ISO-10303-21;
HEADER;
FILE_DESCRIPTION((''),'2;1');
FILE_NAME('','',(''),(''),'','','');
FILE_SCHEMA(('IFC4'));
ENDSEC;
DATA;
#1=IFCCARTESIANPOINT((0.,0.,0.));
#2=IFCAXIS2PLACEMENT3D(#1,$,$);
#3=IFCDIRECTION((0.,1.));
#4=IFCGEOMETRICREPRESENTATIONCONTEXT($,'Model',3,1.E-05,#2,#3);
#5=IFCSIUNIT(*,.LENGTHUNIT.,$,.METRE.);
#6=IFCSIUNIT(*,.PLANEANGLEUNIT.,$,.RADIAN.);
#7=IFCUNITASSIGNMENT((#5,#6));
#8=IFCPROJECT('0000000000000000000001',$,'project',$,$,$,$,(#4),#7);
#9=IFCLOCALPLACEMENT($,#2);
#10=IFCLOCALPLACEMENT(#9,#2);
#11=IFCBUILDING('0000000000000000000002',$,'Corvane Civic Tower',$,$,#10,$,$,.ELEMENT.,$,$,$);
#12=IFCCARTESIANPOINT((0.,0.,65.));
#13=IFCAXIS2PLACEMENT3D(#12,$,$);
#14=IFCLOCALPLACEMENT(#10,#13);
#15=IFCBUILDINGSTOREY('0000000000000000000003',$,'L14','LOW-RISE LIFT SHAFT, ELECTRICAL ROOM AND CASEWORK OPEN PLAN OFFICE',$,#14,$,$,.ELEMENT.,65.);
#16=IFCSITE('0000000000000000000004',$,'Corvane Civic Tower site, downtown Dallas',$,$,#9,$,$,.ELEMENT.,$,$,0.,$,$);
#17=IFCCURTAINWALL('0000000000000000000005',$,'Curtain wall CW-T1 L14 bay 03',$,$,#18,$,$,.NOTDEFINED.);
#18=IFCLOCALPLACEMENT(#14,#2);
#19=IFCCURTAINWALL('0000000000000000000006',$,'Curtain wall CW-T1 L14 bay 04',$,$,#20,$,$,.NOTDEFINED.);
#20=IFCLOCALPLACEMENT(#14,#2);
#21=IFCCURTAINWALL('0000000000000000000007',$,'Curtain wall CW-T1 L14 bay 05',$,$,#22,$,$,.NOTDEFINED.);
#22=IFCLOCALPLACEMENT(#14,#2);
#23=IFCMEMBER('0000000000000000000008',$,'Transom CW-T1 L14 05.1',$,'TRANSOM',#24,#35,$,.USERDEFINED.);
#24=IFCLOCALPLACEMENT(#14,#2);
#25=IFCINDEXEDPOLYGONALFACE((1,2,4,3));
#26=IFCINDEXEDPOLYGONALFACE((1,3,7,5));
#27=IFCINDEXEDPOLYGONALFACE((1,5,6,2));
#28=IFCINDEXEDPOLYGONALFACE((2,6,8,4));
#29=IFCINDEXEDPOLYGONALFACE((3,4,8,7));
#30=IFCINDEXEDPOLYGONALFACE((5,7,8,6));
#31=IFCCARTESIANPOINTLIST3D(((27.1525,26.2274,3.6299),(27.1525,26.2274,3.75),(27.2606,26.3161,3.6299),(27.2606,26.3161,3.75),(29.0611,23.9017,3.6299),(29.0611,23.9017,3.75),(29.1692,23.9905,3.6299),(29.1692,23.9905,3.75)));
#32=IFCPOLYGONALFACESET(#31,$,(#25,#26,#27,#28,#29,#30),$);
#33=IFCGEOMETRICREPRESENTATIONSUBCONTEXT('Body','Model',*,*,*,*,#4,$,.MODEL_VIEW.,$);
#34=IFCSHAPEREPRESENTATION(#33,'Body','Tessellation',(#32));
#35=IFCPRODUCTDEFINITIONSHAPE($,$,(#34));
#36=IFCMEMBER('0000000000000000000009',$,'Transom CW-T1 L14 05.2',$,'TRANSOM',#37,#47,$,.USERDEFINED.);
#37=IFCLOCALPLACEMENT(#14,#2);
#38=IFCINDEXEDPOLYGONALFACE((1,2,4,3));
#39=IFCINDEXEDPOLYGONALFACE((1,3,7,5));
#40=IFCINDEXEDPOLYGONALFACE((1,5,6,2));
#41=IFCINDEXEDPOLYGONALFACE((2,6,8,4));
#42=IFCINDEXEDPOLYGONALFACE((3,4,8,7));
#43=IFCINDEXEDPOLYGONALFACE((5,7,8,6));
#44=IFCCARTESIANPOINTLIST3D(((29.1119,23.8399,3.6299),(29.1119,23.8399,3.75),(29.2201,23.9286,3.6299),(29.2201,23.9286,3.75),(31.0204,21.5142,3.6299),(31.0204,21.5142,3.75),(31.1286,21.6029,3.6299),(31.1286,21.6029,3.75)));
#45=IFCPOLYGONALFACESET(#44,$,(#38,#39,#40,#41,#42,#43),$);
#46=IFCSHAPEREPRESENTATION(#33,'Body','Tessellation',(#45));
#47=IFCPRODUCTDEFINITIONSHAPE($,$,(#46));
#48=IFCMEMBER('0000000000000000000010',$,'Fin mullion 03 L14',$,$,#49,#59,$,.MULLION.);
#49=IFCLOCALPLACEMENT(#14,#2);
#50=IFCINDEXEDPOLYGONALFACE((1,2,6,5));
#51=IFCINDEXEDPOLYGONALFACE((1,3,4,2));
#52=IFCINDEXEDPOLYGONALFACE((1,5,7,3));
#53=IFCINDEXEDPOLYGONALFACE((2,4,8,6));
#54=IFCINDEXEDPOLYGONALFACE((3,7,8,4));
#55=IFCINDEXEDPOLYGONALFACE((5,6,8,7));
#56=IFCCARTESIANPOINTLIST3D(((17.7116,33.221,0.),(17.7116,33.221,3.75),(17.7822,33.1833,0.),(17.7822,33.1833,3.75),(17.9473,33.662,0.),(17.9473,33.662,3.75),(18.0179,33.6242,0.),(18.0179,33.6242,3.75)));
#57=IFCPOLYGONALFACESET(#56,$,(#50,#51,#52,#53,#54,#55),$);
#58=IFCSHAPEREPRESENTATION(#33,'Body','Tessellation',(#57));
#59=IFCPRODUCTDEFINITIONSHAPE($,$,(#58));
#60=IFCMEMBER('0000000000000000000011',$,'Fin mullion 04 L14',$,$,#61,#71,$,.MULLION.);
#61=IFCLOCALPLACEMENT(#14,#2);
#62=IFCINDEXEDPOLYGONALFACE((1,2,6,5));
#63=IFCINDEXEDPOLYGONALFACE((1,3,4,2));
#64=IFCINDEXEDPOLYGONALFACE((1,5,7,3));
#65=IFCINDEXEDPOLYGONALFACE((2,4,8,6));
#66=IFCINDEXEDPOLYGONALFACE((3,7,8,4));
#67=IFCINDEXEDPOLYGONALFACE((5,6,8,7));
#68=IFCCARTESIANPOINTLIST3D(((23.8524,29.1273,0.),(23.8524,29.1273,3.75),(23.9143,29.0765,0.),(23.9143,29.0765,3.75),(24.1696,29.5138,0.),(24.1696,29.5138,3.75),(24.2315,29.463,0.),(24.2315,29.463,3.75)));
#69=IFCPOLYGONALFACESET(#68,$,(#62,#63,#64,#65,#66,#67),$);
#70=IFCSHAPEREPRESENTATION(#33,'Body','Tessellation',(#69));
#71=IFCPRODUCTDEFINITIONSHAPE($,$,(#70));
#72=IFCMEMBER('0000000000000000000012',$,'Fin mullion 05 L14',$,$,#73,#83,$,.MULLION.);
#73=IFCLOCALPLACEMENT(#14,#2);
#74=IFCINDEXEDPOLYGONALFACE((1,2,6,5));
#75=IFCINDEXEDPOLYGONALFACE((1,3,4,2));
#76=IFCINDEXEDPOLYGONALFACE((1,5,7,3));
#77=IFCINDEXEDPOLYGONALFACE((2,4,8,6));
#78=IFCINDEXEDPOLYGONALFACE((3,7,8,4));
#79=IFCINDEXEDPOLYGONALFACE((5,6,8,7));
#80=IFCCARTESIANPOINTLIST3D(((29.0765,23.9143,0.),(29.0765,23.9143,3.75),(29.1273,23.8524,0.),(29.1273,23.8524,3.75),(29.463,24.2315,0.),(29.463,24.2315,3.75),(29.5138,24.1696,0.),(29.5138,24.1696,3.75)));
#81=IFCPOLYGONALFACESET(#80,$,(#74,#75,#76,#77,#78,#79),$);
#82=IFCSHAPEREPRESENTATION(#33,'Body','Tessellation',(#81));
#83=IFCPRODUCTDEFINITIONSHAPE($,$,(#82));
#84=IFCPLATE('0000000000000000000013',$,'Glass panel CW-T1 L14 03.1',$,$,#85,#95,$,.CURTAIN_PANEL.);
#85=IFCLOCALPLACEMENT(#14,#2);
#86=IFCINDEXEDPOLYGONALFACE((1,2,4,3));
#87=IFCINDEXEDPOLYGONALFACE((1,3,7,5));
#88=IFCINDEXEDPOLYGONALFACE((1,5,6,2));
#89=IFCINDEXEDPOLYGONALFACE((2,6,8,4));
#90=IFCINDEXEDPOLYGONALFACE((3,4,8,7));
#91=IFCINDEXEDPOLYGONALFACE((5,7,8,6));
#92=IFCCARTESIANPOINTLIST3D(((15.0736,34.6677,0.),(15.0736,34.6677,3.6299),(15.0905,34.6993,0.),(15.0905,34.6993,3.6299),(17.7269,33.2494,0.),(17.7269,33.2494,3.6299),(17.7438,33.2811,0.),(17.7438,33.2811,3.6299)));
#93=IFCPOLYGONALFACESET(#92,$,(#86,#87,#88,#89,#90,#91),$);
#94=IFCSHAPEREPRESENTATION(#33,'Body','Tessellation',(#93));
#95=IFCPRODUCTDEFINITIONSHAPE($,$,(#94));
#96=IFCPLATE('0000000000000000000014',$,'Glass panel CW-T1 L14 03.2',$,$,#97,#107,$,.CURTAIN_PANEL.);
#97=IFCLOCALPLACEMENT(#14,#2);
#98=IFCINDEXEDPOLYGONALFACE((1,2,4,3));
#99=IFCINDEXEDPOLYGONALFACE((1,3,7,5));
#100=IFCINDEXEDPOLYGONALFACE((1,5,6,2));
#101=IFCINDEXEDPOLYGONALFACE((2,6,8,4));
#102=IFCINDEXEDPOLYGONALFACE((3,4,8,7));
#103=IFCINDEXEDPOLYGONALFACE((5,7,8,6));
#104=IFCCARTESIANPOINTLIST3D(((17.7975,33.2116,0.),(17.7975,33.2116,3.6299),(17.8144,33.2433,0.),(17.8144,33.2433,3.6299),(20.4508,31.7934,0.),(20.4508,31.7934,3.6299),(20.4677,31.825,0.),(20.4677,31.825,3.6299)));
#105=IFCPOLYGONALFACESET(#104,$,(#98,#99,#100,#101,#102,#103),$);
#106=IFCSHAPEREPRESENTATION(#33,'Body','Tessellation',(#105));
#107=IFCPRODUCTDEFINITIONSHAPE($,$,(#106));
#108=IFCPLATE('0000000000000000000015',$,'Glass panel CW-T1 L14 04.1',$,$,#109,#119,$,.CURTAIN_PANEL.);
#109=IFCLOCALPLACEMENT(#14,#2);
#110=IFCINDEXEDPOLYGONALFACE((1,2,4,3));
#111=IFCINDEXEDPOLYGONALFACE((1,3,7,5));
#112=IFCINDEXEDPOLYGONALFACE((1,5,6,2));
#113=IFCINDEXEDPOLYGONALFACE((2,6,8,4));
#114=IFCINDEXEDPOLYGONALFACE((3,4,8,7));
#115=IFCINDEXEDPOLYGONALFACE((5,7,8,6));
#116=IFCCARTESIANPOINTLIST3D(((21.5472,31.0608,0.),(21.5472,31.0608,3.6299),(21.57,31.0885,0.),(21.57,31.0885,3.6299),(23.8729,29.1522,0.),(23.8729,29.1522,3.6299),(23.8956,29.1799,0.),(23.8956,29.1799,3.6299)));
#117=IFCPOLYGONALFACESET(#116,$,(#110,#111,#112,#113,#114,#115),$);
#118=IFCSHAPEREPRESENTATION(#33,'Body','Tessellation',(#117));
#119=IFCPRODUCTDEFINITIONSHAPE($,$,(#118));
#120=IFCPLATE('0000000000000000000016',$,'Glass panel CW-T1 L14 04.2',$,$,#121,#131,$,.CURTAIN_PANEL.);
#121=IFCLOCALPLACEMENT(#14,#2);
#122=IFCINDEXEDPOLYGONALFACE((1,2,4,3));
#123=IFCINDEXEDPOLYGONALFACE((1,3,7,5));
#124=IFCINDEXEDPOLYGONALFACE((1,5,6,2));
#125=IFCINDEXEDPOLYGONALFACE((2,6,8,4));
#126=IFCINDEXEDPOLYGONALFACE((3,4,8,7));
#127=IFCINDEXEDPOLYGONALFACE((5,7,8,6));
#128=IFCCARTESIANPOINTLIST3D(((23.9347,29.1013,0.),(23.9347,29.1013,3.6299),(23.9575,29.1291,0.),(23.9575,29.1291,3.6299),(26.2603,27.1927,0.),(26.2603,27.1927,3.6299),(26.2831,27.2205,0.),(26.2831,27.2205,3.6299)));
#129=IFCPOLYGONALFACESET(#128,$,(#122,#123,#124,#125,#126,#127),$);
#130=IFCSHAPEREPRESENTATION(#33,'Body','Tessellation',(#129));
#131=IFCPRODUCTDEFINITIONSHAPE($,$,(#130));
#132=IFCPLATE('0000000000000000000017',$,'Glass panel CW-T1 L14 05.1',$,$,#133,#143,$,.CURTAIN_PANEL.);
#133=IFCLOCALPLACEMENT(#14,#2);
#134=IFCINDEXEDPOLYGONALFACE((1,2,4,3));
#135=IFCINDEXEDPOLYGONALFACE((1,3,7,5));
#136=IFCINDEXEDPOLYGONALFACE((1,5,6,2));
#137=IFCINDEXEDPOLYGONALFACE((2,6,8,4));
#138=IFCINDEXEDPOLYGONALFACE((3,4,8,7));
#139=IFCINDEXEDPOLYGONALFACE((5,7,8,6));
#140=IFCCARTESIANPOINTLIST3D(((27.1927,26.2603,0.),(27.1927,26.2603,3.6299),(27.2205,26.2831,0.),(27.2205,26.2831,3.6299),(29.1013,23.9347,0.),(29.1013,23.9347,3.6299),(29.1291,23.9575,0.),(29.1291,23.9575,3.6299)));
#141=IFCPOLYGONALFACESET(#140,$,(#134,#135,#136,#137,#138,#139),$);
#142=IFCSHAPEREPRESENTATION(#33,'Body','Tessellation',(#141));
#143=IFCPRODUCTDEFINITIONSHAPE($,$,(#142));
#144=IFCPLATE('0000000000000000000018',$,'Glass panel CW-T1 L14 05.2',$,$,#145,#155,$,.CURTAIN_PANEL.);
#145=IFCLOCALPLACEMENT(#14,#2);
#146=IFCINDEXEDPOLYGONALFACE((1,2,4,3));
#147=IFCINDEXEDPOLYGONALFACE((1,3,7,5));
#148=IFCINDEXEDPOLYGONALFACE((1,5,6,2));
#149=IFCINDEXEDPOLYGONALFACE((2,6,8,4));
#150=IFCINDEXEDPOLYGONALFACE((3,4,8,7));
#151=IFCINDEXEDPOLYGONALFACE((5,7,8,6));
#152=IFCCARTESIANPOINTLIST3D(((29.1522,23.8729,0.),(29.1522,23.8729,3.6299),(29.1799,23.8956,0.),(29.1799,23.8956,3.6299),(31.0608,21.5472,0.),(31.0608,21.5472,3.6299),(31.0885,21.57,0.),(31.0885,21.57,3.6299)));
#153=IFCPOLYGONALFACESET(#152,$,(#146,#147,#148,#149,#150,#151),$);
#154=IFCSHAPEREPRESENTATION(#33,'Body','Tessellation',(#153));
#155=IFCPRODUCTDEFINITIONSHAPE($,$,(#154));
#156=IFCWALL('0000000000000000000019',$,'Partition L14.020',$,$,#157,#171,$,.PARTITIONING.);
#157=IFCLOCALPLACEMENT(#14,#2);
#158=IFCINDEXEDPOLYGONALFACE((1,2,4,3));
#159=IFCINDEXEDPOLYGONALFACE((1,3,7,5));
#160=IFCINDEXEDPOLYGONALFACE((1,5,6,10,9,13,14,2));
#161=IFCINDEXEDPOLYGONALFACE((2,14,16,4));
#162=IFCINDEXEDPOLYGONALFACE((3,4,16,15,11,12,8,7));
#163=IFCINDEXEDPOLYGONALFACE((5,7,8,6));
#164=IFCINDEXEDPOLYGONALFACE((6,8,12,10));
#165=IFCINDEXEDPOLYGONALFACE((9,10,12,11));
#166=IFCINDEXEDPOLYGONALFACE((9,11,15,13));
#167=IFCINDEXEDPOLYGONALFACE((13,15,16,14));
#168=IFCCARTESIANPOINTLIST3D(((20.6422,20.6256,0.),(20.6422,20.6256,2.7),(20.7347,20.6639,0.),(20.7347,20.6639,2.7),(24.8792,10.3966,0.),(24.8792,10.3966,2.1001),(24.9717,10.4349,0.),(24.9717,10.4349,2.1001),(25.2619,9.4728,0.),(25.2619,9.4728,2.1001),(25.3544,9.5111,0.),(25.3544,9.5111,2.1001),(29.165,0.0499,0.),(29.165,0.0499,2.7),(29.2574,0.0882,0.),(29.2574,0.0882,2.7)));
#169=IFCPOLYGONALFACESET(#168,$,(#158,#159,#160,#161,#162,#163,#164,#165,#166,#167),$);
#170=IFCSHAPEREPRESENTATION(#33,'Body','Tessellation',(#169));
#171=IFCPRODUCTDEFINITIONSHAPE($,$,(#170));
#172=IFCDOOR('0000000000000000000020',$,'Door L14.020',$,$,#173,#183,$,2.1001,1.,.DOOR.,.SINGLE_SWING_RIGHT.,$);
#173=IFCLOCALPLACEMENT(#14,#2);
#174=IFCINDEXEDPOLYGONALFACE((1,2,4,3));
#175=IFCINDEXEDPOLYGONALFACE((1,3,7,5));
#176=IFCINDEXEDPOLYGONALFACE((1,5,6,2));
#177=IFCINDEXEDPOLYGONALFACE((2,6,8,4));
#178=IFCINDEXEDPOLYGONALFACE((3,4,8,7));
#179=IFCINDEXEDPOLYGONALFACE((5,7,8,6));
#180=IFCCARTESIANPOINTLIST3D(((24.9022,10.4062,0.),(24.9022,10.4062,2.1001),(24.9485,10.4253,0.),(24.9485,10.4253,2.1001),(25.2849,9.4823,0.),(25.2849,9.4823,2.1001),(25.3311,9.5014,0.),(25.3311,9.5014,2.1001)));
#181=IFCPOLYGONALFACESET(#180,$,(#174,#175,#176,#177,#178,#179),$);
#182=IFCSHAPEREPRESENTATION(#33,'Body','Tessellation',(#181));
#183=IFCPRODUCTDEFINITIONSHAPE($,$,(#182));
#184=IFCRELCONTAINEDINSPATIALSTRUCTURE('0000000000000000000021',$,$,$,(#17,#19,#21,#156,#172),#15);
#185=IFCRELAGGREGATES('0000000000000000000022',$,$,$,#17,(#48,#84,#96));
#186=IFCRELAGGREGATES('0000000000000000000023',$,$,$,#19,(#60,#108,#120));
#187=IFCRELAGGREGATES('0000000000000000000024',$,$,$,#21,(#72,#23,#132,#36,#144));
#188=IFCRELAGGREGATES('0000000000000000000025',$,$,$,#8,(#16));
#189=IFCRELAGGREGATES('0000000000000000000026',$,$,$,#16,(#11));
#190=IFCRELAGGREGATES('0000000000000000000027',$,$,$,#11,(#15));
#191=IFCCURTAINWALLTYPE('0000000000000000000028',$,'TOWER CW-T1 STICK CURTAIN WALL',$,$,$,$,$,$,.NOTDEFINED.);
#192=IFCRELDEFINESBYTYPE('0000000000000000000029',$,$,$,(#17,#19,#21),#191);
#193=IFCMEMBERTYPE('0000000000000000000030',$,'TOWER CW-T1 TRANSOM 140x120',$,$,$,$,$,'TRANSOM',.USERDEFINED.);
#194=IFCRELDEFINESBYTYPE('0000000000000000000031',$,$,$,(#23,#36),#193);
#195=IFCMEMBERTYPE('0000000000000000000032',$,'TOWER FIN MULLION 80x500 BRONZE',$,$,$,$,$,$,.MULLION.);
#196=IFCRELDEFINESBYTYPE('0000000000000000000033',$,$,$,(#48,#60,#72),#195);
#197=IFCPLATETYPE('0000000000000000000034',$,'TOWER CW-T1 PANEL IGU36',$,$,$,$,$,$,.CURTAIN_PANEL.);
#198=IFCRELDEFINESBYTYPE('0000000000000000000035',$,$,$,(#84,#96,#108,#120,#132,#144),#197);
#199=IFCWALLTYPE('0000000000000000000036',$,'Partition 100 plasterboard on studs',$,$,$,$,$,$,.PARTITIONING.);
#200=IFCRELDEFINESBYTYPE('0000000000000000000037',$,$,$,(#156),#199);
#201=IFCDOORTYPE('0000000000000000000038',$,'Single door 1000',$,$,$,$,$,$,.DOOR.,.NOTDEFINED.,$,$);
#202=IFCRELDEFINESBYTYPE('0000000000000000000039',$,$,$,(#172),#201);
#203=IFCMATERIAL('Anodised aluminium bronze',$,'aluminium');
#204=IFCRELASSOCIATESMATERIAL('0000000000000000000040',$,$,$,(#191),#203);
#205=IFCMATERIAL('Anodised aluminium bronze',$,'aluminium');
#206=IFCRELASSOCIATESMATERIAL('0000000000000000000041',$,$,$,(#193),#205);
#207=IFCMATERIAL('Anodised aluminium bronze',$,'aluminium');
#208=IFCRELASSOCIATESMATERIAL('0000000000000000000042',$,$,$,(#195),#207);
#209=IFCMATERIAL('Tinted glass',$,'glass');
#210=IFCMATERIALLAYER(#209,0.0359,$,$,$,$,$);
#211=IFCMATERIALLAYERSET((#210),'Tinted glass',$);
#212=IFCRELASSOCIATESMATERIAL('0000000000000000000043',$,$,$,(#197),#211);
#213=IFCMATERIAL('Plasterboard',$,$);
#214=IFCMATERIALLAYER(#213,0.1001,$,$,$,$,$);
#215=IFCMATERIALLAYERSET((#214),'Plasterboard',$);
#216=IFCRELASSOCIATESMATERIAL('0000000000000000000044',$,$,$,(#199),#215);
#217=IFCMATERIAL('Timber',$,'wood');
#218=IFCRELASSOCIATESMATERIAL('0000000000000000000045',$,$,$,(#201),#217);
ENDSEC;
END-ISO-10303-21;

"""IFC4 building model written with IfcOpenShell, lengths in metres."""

from ifc_helpers import new_model, si_unit, direction, frame, frame_2d, origin, origin_2d, place, context, subcontext, project, spatial, rectangle, extrude, material, layer, layer_set, material_profile, profile_set, type_object, element, fill, aggregate, save


model = new_model("IFC4")

# Units and contexts
model_context = context("Model", 3, precision=1e-05, world=origin(), true_north=direction((0.0, 1.0)))
body_context = subcontext(model_context, "Body", "Model", "MODEL_VIEW")
ifc_project = project(units=[si_unit("LENGTHUNIT", "METRE"), si_unit("PLANEANGLEUNIT", "RADIAN")], contexts=[model_context])

# Site, building, storey
site_placement = place(None, origin())
site = spatial("IfcSite", under=ifc_project, at=site_placement, Name="Corvane Civic Tower site, downtown Dallas", CompositionType="ELEMENT", RefElevation=0.0)
building_placement = place(site_placement, origin())
building = spatial("IfcBuilding", under=site, at=building_placement, Name="Corvane Civic Tower", CompositionType="ELEMENT")
storey_placement = place(building_placement, frame((0.0, 0.0, 65.0)))
storey = spatial("IfcBuildingStorey", under=building, at=storey_placement, Name="L14", Description="LOW-RISE LIFT SHAFT, ELECTRICAL ROOM AND CASEWORK OPEN PLAN OFFICE", CompositionType="ELEMENT", Elevation=65.0)

# Curtain walls, members
ifc_material_1 = material(Name="Anodised aluminium bronze", Category="aluminium")
curtain_wall_type = type_object("IfcCurtainWallType", Name="TOWER CW-T1 STICK CURTAIN WALL", PredefinedType="NOTDEFINED", material=ifc_material_1)
curtain_wall_1_placement = place(storey_placement, origin())
curtain_wall_1 = element("IfcCurtainWall", 1, at=curtain_wall_1_placement, inside=storey, type_object=curtain_wall_type, Name="Curtain wall CW-T1 L14 bay 03", PredefinedType="NOTDEFINED")
ifc_material_2 = material(Name="Anodised aluminium bronze", Category="aluminium")
ifc_material_profile_1 = material_profile(ifc_material_2, rectangle(XDim=0.1399, YDim=0.1201, at=origin_2d()), Name="TOWER CW-T1 TRANSOM 140x120")
ifc_profile_set_1 = profile_set([ifc_material_profile_1], Name="Anodised aluminium bronze")
member_type_1 = type_object("IfcMemberType", Name="TOWER CW-T1 TRANSOM 140x120", ElementType="TRANSOM", PredefinedType="USERDEFINED", material=ifc_profile_set_1)
curtain_wall_2_placement = place(storey_placement, origin())
curtain_wall_2 = element("IfcCurtainWall", 2, at=curtain_wall_2_placement, inside=storey, type_object=curtain_wall_type, Name="Curtain wall CW-T1 L14 bay 04", PredefinedType="NOTDEFINED")
curtain_wall_3_placement = place(storey_placement, origin())
curtain_wall_3 = element("IfcCurtainWall", 3, at=curtain_wall_3_placement, inside=storey, type_object=curtain_wall_type, Name="Curtain wall CW-T1 L14 bay 05", PredefinedType="NOTDEFINED")
member_1_placement = place(storey_placement, frame((27.2065, 26.2717, 3.6899), z_axis=(0.634404, -0.773002, 0.0), x_axis=(0.773002, 0.634404, 0.0)))
member_1 = element("IfcMember", 4, at=member_1_placement, type_object=member_type_1, Name="Transom CW-T1 L14 05.1", ObjectType="TRANSOM", PredefinedType="USERDEFINED", context=body_context, shape_type="SweptSolid", body=[
    extrude(rectangle(XDim=0.1399, YDim=0.1201, at=origin_2d()), origin(), (0.0, 0.0, 1.0), 3.0085),
])
member_2_placement = place(storey_placement, frame((29.166, 23.8843, 3.6899), z_axis=(0.634355, -0.773042, 0.0), x_axis=(0.773042, 0.634355, 0.0)))
member_2 = element("IfcMember", 5, at=member_2_placement, type_object=member_type_1, Name="Transom CW-T1 L14 05.2", ObjectType="TRANSOM", PredefinedType="USERDEFINED", context=body_context, shape_type="SweptSolid", body=[
    extrude(rectangle(XDim=0.1399, YDim=0.1201, at=origin_2d()), origin(), (0.0, 0.0, 1.0), 3.0085),
])

# Members
ifc_material_3 = material(Name="Anodised aluminium bronze", Category="aluminium")
ifc_material_profile_2 = material_profile(ifc_material_3, rectangle(XDim=0.0801, YDim=0.5, at=origin_2d()), Name="TOWER FIN MULLION 80x500 BRONZE")
ifc_profile_set_2 = profile_set([ifc_material_profile_2], Name="Anodised aluminium bronze")
member_type_2 = type_object("IfcMemberType", Name="TOWER FIN MULLION 80x500 BRONZE", PredefinedType="MULLION", material=ifc_profile_set_2)
member_3_placement = place(storey_placement, frame((17.8647, 33.4226, 0.0), z_axis=(0.0, 0.0, 1.0), x_axis=(0.881918, -0.471404, 0.0)))
member_3 = element("IfcMember", 6, at=member_3_placement, type_object=member_type_2, Name="Fin mullion 03 L14", PredefinedType="MULLION", context=body_context, shape_type="SweptSolid", body=[
    extrude(rectangle(XDim=0.0801, YDim=0.5, at=origin_2d()), origin(), (0.0, 0.0, 1.0), 3.75),
])
member_4_placement = place(storey_placement, frame((24.042, 29.2952, 0.0), z_axis=(0.0, 0.0, 1.0), x_axis=(0.773007, -0.634397, 0.0)))
member_4 = element("IfcMember", 7, at=member_4_placement, type_object=member_type_2, Name="Fin mullion 04 L14", PredefinedType="MULLION", context=body_context, shape_type="SweptSolid", body=[
    extrude(rectangle(XDim=0.0801, YDim=0.5, at=origin_2d()), origin(), (0.0, 0.0, 1.0), 3.75),
])
member_5_placement = place(storey_placement, frame((29.2952, 24.042, 0.0), z_axis=(0.0, 0.0, 1.0), x_axis=(0.634397, -0.773007, 0.0)))
member_5 = element("IfcMember", 8, at=member_5_placement, type_object=member_type_2, Name="Fin mullion 05 L14", PredefinedType="MULLION", context=body_context, shape_type="SweptSolid", body=[
    extrude(rectangle(XDim=0.0801, YDim=0.5, at=origin_2d()), origin(), (0.0, 0.0, 1.0), 3.75),
])

# Plates
ifc_material_4 = material(Name="Tinted glass", Category="glass")
ifc_layer_1 = layer(ifc_material_4, 0.0359)
ifc_layer_set_1 = layer_set([ifc_layer_1], Name="Tinted glass")
plate_type = type_object("IfcPlateType", Name="TOWER CW-T1 PANEL IGU36", PredefinedType="CURTAIN_PANEL", material=ifc_layer_set_1)
plate_1_placement = place(storey_placement, frame((16.4087, 33.9744, 0.0), z_axis=(0.0, 0.0, 1.0), x_axis=(0.881918, -0.471404, 0.0)))
plate_1 = element("IfcPlate", 9, at=plate_1_placement, type_object=plate_type, Name="Glass panel CW-T1 L14 03.1", PredefinedType="CURTAIN_PANEL", context=body_context, shape_type="SweptSolid", body=[
    extrude(rectangle(XDim=3.0085, YDim=0.0359, at=origin_2d()), origin(), (0.0, 0.0, 1.0), 3.6299),
])
plate_2_placement = place(storey_placement, frame((19.1326, 32.5183, 0.0), z_axis=(0.0, 0.0, 1.0), x_axis=(0.881918, -0.471404, 0.0)))
plate_2 = element("IfcPlate", 10, at=plate_2_placement, type_object=plate_type, Name="Glass panel CW-T1 L14 03.2", PredefinedType="CURTAIN_PANEL", context=body_context, shape_type="SweptSolid", body=[
    extrude(rectangle(XDim=3.0085, YDim=0.0359, at=origin_2d()), origin(), (0.0, 0.0, 1.0), 3.6299),
])
aggregate(curtain_wall_1, [member_3, plate_1, plate_2])
plate_3_placement = place(storey_placement, frame((22.7214, 30.1204, 0.0), z_axis=(0.0, 0.0, 1.0), x_axis=(0.773007, -0.634397, 0.0)))
plate_3 = element("IfcPlate", 11, at=plate_3_placement, type_object=plate_type, Name="Glass panel CW-T1 L14 04.1", PredefinedType="CURTAIN_PANEL", context=body_context, shape_type="SweptSolid", body=[
    extrude(rectangle(XDim=3.0085, YDim=0.0359, at=origin_2d()), origin(), (0.0, 0.0, 1.0), 3.6299),
])
plate_4_placement = place(storey_placement, frame((25.1089, 28.1609, 0.0), z_axis=(0.0, 0.0, 1.0), x_axis=(0.773007, -0.634397, 0.0)))
plate_4 = element("IfcPlate", 12, at=plate_4_placement, type_object=plate_type, Name="Glass panel CW-T1 L14 04.2", PredefinedType="CURTAIN_PANEL", context=body_context, shape_type="SweptSolid", body=[
    extrude(rectangle(XDim=3.0085, YDim=0.0359, at=origin_2d()), origin(), (0.0, 0.0, 1.0), 3.6299),
])
aggregate(curtain_wall_2, [member_4, plate_3, plate_4])
plate_5_placement = place(storey_placement, frame((28.1609, 25.1089, 0.0), z_axis=(0.0, 0.0, 1.0), x_axis=(0.634397, -0.773007, 0.0)))
plate_5 = element("IfcPlate", 13, at=plate_5_placement, type_object=plate_type, Name="Glass panel CW-T1 L14 05.1", PredefinedType="CURTAIN_PANEL", context=body_context, shape_type="SweptSolid", body=[
    extrude(rectangle(XDim=3.0085, YDim=0.0359, at=origin_2d()), origin(), (0.0, 0.0, 1.0), 3.6299),
])
plate_6_placement = place(storey_placement, frame((30.1204, 22.7214, 0.0), z_axis=(0.0, 0.0, 1.0), x_axis=(0.634397, -0.773007, 0.0)))
plate_6 = element("IfcPlate", 14, at=plate_6_placement, type_object=plate_type, Name="Glass panel CW-T1 L14 05.2", PredefinedType="CURTAIN_PANEL", context=body_context, shape_type="SweptSolid", body=[
    extrude(rectangle(XDim=3.0085, YDim=0.0359, at=origin_2d()), origin(), (0.0, 0.0, 1.0), 3.6299),
])
aggregate(curtain_wall_3, [member_5, member_1, plate_5, member_2, plate_6])

# Wall, opening, door
ifc_material_5 = material(Name="Plasterboard")
ifc_layer_2 = layer(ifc_material_5, 0.1001)
ifc_layer_set_2 = layer_set([ifc_layer_2], Name="Plasterboard")
wall_type = type_object("IfcWallType", Name="Partition 100 plasterboard on studs", PredefinedType="PARTITIONING", material=ifc_layer_set_2)
wall_1_placement = place(storey_placement, frame((20.6885, 20.6448, 0.0), z_axis=(0.0, 0.0, 1.0), x_axis=(0.382683, -0.92388, 0.0)))
wall_1 = element("IfcWall", 15, at=wall_1_placement, inside=storey, type_object=wall_type, Name="Partition L14.020", PredefinedType="PARTITIONING", context=body_context, shape_type="SweptSolid", body=[
    extrude(rectangle(XDim=22.271, YDim=0.1001, at=frame_2d((11.1355, 0.0))), origin(), (0.0, 0.0, 1.0), 2.7),
])
opening_placement = place(wall_1_placement, frame((11.0718, 0.0, 0.0)))
opening = element("IfcOpeningElement", 16, at=opening_placement, cuts=wall_1, PredefinedType="OPENING", context=body_context, shape_type="SweptSolid", body=[
    extrude(rectangle(XDim=1.0, YDim=2.1001, at=frame_2d((0.5, 1.05))), frame((0.0, 0.0601, 0.0), z_axis=(0.0, -1.0, 0.0), x_axis=(1.0, 0.0, 0.0)), (0.0, 0.0, 1.0), 0.1201),
])
ifc_material_6 = material(Name="Timber", Category="wood")
door_type = type_object("IfcDoorType", Name="Single door 1000", OperationType="NOTDEFINED", PredefinedType="DOOR", material=ifc_material_6)
door_placement = place(opening_placement, origin())
door = element("IfcDoor", 17, at=door_placement, inside=storey, type_object=door_type, Name="Door L14.020", OperationType="SINGLE_SWING_RIGHT", OverallHeight=2.1001, OverallWidth=1.0, PredefinedType="DOOR", context=body_context, shape_type="SweptSolid", body=[
    extrude(rectangle(XDim=1.0, YDim=2.1001, at=frame_2d((0.5, 1.05))), frame((0.0, 0.0249, 0.0), z_axis=(0.0, -1.0, 0.0), x_axis=(1.0, 0.0, 0.0)), (0.0, 0.0, 1.0), 0.05),
])
fill(opening, door)

save(model, "model.ifc")
